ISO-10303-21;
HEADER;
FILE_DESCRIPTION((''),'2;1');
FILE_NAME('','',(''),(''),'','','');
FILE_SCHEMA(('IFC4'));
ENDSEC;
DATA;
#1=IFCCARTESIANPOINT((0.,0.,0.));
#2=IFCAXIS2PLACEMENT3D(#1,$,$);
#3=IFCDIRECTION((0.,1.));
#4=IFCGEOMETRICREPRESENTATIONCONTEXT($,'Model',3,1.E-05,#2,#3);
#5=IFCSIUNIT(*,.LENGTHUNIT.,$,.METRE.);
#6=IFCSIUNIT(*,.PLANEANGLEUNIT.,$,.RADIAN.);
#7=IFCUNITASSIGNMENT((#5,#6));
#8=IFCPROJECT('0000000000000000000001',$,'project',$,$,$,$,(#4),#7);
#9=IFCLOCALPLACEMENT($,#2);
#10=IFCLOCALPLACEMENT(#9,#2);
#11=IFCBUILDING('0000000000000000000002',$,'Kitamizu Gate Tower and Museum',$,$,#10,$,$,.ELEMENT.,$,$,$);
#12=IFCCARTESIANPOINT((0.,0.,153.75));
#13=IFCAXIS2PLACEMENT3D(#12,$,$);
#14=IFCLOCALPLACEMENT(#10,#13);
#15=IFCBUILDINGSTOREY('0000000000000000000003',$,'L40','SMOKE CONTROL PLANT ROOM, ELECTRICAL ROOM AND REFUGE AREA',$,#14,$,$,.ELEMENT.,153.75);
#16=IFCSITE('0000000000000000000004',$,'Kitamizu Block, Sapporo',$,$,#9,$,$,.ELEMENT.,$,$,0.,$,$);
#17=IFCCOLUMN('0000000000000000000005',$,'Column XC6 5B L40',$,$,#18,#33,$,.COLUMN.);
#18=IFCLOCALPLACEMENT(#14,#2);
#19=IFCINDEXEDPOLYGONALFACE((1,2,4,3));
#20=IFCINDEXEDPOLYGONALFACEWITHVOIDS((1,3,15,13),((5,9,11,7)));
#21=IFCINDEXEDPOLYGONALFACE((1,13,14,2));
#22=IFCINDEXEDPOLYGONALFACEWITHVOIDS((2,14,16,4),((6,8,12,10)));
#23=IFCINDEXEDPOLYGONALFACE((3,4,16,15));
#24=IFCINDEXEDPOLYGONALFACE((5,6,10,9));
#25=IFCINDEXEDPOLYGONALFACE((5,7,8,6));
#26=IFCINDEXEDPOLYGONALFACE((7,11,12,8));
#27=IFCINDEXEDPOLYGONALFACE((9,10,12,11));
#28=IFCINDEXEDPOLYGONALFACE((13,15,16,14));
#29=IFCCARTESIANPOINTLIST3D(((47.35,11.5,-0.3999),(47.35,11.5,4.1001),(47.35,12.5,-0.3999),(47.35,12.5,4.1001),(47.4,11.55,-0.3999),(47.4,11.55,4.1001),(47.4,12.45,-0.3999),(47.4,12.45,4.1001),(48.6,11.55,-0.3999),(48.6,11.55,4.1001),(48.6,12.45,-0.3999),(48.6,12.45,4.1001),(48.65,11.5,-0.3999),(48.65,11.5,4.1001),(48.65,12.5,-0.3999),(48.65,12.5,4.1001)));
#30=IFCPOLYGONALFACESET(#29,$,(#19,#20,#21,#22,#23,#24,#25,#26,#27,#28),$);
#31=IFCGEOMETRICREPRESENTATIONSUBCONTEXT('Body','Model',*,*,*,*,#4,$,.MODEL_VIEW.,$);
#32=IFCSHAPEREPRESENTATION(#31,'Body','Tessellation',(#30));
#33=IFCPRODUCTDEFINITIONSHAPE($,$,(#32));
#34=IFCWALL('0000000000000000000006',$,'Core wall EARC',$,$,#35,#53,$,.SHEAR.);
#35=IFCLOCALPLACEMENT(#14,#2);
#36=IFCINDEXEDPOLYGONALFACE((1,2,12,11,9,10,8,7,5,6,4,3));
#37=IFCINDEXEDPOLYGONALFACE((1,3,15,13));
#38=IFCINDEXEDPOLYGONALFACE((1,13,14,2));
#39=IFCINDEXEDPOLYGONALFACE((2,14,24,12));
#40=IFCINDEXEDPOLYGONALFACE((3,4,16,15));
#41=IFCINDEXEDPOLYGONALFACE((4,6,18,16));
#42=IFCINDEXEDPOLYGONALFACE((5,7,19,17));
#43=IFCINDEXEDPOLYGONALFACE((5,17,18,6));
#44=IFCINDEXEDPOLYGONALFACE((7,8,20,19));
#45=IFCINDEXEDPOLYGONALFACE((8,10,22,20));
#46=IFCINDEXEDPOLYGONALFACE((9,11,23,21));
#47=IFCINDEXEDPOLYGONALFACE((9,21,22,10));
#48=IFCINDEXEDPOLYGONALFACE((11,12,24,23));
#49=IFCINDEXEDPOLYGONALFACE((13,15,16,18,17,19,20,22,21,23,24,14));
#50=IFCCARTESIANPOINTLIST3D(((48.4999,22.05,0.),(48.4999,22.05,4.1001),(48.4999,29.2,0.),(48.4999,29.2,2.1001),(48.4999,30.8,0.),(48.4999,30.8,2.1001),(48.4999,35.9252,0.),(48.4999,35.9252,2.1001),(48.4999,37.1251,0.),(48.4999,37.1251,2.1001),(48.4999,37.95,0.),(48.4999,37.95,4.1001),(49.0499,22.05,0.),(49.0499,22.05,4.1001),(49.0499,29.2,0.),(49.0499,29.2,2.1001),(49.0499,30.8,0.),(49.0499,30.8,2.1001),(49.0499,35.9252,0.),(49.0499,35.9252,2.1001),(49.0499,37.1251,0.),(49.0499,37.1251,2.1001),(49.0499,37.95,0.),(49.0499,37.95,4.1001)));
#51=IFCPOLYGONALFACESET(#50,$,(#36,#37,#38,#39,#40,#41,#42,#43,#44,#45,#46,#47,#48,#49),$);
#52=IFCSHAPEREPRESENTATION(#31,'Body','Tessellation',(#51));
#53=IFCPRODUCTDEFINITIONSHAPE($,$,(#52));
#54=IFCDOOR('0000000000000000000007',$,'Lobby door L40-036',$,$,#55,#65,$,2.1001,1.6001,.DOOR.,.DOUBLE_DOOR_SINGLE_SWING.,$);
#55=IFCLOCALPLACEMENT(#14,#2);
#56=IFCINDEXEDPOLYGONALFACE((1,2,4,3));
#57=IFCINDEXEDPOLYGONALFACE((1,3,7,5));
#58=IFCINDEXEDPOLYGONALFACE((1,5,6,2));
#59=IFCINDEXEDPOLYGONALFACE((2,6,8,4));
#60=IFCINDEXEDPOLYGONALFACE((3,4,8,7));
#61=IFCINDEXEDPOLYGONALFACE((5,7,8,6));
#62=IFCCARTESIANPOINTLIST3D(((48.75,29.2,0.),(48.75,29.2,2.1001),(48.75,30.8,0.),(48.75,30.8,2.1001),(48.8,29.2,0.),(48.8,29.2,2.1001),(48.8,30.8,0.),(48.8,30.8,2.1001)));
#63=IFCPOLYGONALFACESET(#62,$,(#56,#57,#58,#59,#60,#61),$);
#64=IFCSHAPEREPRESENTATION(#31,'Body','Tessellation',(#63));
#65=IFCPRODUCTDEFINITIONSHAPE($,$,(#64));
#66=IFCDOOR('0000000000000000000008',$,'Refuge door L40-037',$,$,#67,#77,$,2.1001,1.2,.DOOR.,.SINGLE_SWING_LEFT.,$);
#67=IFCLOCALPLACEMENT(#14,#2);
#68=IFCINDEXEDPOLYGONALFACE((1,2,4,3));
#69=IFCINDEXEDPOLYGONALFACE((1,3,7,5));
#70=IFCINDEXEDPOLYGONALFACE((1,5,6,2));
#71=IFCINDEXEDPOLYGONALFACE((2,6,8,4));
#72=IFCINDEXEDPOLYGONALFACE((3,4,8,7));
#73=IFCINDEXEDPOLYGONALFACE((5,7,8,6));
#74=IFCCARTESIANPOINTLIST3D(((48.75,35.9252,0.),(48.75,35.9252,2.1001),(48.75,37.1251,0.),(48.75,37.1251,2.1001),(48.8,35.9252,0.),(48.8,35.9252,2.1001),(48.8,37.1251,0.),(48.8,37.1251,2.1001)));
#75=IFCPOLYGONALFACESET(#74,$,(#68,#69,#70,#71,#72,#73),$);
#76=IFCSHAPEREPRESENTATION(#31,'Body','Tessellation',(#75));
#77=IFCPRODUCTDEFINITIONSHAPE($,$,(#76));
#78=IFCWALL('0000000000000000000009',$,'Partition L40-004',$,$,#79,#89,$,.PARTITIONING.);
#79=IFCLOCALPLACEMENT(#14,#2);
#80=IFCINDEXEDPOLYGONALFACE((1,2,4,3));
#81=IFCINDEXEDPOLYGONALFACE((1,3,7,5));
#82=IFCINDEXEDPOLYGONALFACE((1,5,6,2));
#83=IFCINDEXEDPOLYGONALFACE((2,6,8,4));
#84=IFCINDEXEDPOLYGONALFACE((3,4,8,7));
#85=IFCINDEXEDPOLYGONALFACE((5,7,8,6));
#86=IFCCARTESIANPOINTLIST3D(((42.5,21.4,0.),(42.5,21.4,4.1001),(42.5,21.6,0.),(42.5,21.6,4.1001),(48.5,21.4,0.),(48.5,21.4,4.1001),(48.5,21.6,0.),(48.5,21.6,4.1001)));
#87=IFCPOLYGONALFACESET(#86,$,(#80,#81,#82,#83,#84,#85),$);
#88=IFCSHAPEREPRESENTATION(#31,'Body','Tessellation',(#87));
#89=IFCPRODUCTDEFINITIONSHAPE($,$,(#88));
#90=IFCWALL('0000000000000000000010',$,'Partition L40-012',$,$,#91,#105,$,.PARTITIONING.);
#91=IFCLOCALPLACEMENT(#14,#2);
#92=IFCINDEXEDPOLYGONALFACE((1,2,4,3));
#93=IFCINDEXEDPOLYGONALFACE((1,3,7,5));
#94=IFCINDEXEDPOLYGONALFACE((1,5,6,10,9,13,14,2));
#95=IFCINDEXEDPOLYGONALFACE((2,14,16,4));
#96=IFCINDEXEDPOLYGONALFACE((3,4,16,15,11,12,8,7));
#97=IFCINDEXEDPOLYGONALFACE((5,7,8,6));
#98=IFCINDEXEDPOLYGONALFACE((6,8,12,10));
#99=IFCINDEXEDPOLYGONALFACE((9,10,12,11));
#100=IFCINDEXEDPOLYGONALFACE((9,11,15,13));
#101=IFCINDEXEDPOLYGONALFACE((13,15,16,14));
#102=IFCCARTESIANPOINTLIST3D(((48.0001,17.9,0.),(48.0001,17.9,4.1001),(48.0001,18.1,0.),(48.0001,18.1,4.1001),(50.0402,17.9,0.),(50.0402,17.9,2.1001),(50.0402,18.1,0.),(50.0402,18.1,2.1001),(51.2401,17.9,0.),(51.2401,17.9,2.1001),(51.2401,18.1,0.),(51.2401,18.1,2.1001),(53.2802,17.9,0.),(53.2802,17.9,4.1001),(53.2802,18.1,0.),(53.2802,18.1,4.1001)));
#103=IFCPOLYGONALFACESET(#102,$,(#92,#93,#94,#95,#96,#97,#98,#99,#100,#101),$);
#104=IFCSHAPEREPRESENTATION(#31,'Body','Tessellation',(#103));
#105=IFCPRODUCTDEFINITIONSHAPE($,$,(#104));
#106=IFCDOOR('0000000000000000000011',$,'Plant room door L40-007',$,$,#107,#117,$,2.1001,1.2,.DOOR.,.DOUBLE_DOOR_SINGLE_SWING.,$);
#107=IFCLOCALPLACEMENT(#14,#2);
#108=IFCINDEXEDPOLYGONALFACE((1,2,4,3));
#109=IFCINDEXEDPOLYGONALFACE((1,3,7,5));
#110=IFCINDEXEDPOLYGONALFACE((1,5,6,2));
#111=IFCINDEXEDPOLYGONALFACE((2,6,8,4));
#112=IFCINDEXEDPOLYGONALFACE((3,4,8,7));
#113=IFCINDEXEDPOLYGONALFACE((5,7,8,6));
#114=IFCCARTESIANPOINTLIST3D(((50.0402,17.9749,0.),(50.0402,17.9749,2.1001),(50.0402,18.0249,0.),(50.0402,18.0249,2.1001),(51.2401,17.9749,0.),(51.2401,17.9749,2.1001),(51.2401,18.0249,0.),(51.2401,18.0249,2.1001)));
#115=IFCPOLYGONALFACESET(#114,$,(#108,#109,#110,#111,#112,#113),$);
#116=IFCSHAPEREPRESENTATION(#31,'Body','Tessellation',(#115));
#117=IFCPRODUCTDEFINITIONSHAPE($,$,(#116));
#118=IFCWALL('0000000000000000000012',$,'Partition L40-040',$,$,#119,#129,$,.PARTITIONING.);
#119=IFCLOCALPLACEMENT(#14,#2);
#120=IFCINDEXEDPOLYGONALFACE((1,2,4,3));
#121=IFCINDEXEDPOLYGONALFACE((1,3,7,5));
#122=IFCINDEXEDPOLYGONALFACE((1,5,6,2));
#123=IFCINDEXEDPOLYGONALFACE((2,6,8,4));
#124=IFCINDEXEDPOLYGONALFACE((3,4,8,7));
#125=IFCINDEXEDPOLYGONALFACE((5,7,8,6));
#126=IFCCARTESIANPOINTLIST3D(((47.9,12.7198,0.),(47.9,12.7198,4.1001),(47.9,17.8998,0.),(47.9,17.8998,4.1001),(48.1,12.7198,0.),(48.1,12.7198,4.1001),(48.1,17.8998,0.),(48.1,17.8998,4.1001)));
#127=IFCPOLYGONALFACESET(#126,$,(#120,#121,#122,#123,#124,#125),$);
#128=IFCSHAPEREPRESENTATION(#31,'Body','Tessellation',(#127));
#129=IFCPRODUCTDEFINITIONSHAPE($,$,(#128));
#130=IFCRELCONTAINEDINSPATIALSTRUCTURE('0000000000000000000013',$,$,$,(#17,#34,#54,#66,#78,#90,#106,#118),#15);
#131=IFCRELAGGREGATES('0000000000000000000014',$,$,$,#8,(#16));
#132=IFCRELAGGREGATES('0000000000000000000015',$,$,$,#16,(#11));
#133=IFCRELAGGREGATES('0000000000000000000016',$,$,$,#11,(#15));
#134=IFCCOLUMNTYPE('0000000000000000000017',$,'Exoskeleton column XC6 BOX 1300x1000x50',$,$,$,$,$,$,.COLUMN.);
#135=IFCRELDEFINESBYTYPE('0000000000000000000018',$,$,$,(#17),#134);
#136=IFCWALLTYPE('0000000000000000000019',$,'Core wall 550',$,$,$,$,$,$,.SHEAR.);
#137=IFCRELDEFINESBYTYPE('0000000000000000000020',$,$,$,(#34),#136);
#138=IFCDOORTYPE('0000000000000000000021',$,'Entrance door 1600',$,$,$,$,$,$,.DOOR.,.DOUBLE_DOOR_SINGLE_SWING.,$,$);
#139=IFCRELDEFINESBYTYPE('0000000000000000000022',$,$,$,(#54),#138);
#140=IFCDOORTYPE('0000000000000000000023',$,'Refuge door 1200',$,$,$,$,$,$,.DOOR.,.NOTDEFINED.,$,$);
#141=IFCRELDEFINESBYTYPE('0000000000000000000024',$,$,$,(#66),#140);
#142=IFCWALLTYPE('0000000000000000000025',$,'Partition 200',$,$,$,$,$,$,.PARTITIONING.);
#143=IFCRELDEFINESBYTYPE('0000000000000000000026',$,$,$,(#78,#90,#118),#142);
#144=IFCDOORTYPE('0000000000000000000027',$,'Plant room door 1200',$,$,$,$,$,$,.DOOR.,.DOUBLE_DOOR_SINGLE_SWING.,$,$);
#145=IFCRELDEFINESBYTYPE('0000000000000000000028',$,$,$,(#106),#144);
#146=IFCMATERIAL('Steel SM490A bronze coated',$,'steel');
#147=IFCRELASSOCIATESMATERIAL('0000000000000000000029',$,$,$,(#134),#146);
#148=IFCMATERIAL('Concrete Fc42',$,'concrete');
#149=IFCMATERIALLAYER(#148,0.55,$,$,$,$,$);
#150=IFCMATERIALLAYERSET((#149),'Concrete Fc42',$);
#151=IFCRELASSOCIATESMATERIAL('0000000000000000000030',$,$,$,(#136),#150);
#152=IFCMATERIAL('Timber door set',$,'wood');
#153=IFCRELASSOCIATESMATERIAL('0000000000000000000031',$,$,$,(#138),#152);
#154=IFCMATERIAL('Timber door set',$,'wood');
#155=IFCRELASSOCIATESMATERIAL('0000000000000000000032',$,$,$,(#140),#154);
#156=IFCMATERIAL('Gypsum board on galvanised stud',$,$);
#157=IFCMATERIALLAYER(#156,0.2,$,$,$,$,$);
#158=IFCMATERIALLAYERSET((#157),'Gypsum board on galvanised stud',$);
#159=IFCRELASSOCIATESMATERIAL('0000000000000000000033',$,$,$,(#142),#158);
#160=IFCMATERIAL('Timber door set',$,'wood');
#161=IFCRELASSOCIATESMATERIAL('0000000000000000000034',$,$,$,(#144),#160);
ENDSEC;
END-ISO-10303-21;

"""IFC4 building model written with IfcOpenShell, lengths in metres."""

from ifc_helpers import new_model, si_unit, direction, frame, frame_2d, origin, origin_2d, place, context, subcontext, project, spatial, rectangle, hollow_rectangle, extrude, material, layer, layer_set, material_profile, profile_set, type_object, element, fill, save


model = new_model("IFC4")

# Units and contexts
model_context = context("Model", 3, precision=1e-05, world=origin(), true_north=direction((0.0, 1.0)))
body_context = subcontext(model_context, "Body", "Model", "MODEL_VIEW")
ifc_project = project(units=[si_unit("LENGTHUNIT", "METRE"), si_unit("PLANEANGLEUNIT", "RADIAN")], contexts=[model_context])

# Site, building, storey
site_placement = place(None, origin())
site = spatial("IfcSite", under=ifc_project, at=site_placement, Name="Kitamizu Block, Sapporo", CompositionType="ELEMENT", RefElevation=0.0)
building_placement = place(site_placement, origin())
building = spatial("IfcBuilding", under=site, at=building_placement, Name="Kitamizu Gate Tower and Museum", CompositionType="ELEMENT")
storey_placement = place(building_placement, frame((0.0, 0.0, 153.75)))
storey = spatial("IfcBuildingStorey", under=building, at=storey_placement, Name="L40", Description="SMOKE CONTROL PLANT ROOM, ELECTRICAL ROOM AND REFUGE AREA", CompositionType="ELEMENT", Elevation=153.75)

# Column
ifc_material_1 = material(Name="Steel SM490A bronze coated", Category="steel")
ifc_material_profile = material_profile(ifc_material_1, hollow_rectangle(XDim=1.3, YDim=1.0, WallThickness=0.05, at=origin_2d()), Name="BOX 1300x1000x50")
ifc_profile_set = profile_set([ifc_material_profile], Name="Steel SM490A bronze coated")
column_type = type_object("IfcColumnType", Name="Exoskeleton column XC6 BOX 1300x1000x50", PredefinedType="COLUMN", material=ifc_profile_set)
column_placement = place(storey_placement, frame((48.0, 12.0, -0.3999), z_axis=(0.0, 0.0, 1.0), x_axis=(1.0, 0.0, 0.0)))
element("IfcColumn", 1, at=column_placement, inside=storey, type_object=column_type, Name="Column XC6 5B L40", PredefinedType="COLUMN", context=body_context, shape_type="SweptSolid", body=[
    extrude(hollow_rectangle(XDim=1.3, YDim=1.0, WallThickness=0.05, at=origin_2d()), origin(), (0.0, 0.0, 1.0), 4.5),
])

# Wall, openings, doors
ifc_material_2 = material(Name="Concrete Fc42", Category="concrete")
ifc_layer_1 = layer(ifc_material_2, 0.55)
ifc_layer_set_1 = layer_set([ifc_layer_1], Name="Concrete Fc42")
wall_type_1 = type_object("IfcWallType", Name="Core wall 550", PredefinedType="SHEAR", material=ifc_layer_set_1)
wall_1_placement = place(storey_placement, frame((48.7749, 22.05, 0.0), z_axis=(0.0, 0.0, 1.0), x_axis=(0.0, 1.0, 0.0)))
wall_1 = element("IfcWall", 2, at=wall_1_placement, inside=storey, type_object=wall_type_1, Name="Core wall EARC", PredefinedType="SHEAR", context=body_context, shape_type="SweptSolid", body=[
    extrude(rectangle(XDim=15.8999, YDim=0.55, at=frame_2d((7.95, 0.0))), origin(), (0.0, 0.0, 1.0), 4.1001),
])
opening_1_placement = place(wall_1_placement, frame((7.1499, 0.0, 0.0)))
opening_1 = element("IfcOpeningElement", 3, at=opening_1_placement, cuts=wall_1, PredefinedType="OPENING", context=body_context, shape_type="SweptSolid", body=[
    extrude(rectangle(XDim=1.6001, YDim=2.1001, at=frame_2d((0.8, 1.05))), frame((0.0, 0.2852, 0.0), z_axis=(0.0, -1.0, 0.0), x_axis=(1.0, 0.0, 0.0)), (0.0, 0.0, 1.0), 0.5701),
])
opening_2_placement = place(wall_1_placement, frame((13.875, 0.0, 0.0)))
opening_2 = element("IfcOpeningElement", 4, at=opening_2_placement, cuts=wall_1, PredefinedType="OPENING", context=body_context, shape_type="SweptSolid", body=[
    extrude(rectangle(XDim=1.2, YDim=2.1001, at=frame_2d((0.6001, 1.05))), frame((0.0, 0.2852, 0.0), z_axis=(0.0, -1.0, 0.0), x_axis=(1.0, 0.0, 0.0)), (0.0, 0.0, 1.0), 0.5701),
])
ifc_material_3 = material(Name="Timber door set", Category="wood")
door_type_1 = type_object("IfcDoorType", Name="Entrance door 1600", OperationType="DOUBLE_DOOR_SINGLE_SWING", PredefinedType="DOOR", material=ifc_material_3)
door_1_placement = place(opening_1_placement, origin())
door_1 = element("IfcDoor", 5, at=door_1_placement, inside=storey, type_object=door_type_1, Name="Lobby door L40-036", OperationType="DOUBLE_DOOR_SINGLE_SWING", OverallHeight=2.1001, OverallWidth=1.6001, PredefinedType="DOOR", context=body_context, shape_type="SweptSolid", body=[
    extrude(rectangle(XDim=1.6001, YDim=2.1001, at=frame_2d((0.8, 1.05))), frame((0.0, 0.0249, 0.0), z_axis=(0.0, -1.0, 0.0), x_axis=(1.0, 0.0, 0.0)), (0.0, 0.0, 1.0), 0.05),
])
fill(opening_1, door_1)
ifc_material_4 = material(Name="Timber door set", Category="wood")
door_type_2 = type_object("IfcDoorType", Name="Refuge door 1200", OperationType="NOTDEFINED", PredefinedType="DOOR", material=ifc_material_4)
door_2_placement = place(opening_2_placement, origin())
door_2 = element("IfcDoor", 6, at=door_2_placement, inside=storey, type_object=door_type_2, Name="Refuge door L40-037", OperationType="SINGLE_SWING_LEFT", OverallHeight=2.1001, OverallWidth=1.2, PredefinedType="DOOR", context=body_context, shape_type="SweptSolid", body=[
    extrude(rectangle(XDim=1.2, YDim=2.1001, at=frame_2d((0.6001, 1.05))), frame((0.0, 0.0249, 0.0), z_axis=(0.0, -1.0, 0.0), x_axis=(1.0, 0.0, 0.0)), (0.0, 0.0, 1.0), 0.05),
])
fill(opening_2, door_2)

# Wall
ifc_material_5 = material(Name="Gypsum board on galvanised stud")
ifc_layer_2 = layer(ifc_material_5, 0.2)
ifc_layer_set_2 = layer_set([ifc_layer_2], Name="Gypsum board on galvanised stud")
wall_type_2 = type_object("IfcWallType", Name="Partition 200", PredefinedType="PARTITIONING", material=ifc_layer_set_2)
wall_2_placement = place(storey_placement, frame((48.5, 21.5, 0.0), z_axis=(0.0, 0.0, 1.0), x_axis=(-1.0, 0.0, 0.0)))
element("IfcWall", 7, at=wall_2_placement, inside=storey, type_object=wall_type_2, Name="Partition L40-004", PredefinedType="PARTITIONING", context=body_context, shape_type="SweptSolid", body=[
    extrude(rectangle(XDim=6.0, YDim=0.2, at=frame_2d((3.0, 0.0))), origin(), (0.0, 0.0, 1.0), 4.1001),
])

# Wall, opening, door
wall_3_placement = place(storey_placement, frame((48.0, 18.0, 0.0), z_axis=(0.0, 0.0, 1.0), x_axis=(1.0, 0.0, 0.0)))
wall_3 = element("IfcWall", 8, at=wall_3_placement, inside=storey, type_object=wall_type_2, Name="Partition L40-012", PredefinedType="PARTITIONING", context=body_context, shape_type="SweptSolid", body=[
    extrude(rectangle(XDim=5.28, YDim=0.2, at=frame_2d((2.6401, 0.0))), origin(), (0.0, 0.0, 1.0), 4.1001),
])
opening_3_placement = place(wall_3_placement, frame((2.04, 0.0, 0.0)))
opening_3 = element("IfcOpeningElement", 9, at=opening_3_placement, cuts=wall_3, PredefinedType="OPENING", context=body_context, shape_type="SweptSolid", body=[
    extrude(rectangle(XDim=1.2, YDim=2.1001, at=frame_2d((0.6001, 1.05))), frame((0.0, 0.1099, 0.0), z_axis=(0.0, -1.0, 0.0), x_axis=(1.0, 0.0, 0.0)), (0.0, 0.0, 1.0), 0.22),
])
ifc_material_6 = material(Name="Timber door set", Category="wood")
door_type_3 = type_object("IfcDoorType", Name="Plant room door 1200", OperationType="DOUBLE_DOOR_SINGLE_SWING", PredefinedType="DOOR", material=ifc_material_6)
door_3_placement = place(opening_3_placement, origin())
door_3 = element("IfcDoor", 10, at=door_3_placement, inside=storey, type_object=door_type_3, Name="Plant room door L40-007", OperationType="DOUBLE_DOOR_SINGLE_SWING", OverallHeight=2.1001, OverallWidth=1.2, PredefinedType="DOOR", context=body_context, shape_type="SweptSolid", body=[
    extrude(rectangle(XDim=1.2, YDim=2.1001, at=frame_2d((0.6001, 1.05))), frame((0.0, 0.0249, 0.0), z_axis=(0.0, -1.0, 0.0), x_axis=(1.0, 0.0, 0.0)), (0.0, 0.0, 1.0), 0.05),
])
fill(opening_3, door_3)

# Wall
wall_4_placement = place(storey_placement, frame((48.0, 12.72, 0.0), z_axis=(0.0, 0.0, 1.0), x_axis=(0.0, 1.0, 0.0)))
element("IfcWall", 11, at=wall_4_placement, inside=storey, type_object=wall_type_2, Name="Partition L40-040", PredefinedType="PARTITIONING", context=body_context, shape_type="SweptSolid", body=[
    extrude(rectangle(XDim=5.1799, YDim=0.2, at=frame_2d((2.5898, 0.0))), origin(), (0.0, 0.0, 1.0), 4.1001),
])

save(model, "model.ifc")
